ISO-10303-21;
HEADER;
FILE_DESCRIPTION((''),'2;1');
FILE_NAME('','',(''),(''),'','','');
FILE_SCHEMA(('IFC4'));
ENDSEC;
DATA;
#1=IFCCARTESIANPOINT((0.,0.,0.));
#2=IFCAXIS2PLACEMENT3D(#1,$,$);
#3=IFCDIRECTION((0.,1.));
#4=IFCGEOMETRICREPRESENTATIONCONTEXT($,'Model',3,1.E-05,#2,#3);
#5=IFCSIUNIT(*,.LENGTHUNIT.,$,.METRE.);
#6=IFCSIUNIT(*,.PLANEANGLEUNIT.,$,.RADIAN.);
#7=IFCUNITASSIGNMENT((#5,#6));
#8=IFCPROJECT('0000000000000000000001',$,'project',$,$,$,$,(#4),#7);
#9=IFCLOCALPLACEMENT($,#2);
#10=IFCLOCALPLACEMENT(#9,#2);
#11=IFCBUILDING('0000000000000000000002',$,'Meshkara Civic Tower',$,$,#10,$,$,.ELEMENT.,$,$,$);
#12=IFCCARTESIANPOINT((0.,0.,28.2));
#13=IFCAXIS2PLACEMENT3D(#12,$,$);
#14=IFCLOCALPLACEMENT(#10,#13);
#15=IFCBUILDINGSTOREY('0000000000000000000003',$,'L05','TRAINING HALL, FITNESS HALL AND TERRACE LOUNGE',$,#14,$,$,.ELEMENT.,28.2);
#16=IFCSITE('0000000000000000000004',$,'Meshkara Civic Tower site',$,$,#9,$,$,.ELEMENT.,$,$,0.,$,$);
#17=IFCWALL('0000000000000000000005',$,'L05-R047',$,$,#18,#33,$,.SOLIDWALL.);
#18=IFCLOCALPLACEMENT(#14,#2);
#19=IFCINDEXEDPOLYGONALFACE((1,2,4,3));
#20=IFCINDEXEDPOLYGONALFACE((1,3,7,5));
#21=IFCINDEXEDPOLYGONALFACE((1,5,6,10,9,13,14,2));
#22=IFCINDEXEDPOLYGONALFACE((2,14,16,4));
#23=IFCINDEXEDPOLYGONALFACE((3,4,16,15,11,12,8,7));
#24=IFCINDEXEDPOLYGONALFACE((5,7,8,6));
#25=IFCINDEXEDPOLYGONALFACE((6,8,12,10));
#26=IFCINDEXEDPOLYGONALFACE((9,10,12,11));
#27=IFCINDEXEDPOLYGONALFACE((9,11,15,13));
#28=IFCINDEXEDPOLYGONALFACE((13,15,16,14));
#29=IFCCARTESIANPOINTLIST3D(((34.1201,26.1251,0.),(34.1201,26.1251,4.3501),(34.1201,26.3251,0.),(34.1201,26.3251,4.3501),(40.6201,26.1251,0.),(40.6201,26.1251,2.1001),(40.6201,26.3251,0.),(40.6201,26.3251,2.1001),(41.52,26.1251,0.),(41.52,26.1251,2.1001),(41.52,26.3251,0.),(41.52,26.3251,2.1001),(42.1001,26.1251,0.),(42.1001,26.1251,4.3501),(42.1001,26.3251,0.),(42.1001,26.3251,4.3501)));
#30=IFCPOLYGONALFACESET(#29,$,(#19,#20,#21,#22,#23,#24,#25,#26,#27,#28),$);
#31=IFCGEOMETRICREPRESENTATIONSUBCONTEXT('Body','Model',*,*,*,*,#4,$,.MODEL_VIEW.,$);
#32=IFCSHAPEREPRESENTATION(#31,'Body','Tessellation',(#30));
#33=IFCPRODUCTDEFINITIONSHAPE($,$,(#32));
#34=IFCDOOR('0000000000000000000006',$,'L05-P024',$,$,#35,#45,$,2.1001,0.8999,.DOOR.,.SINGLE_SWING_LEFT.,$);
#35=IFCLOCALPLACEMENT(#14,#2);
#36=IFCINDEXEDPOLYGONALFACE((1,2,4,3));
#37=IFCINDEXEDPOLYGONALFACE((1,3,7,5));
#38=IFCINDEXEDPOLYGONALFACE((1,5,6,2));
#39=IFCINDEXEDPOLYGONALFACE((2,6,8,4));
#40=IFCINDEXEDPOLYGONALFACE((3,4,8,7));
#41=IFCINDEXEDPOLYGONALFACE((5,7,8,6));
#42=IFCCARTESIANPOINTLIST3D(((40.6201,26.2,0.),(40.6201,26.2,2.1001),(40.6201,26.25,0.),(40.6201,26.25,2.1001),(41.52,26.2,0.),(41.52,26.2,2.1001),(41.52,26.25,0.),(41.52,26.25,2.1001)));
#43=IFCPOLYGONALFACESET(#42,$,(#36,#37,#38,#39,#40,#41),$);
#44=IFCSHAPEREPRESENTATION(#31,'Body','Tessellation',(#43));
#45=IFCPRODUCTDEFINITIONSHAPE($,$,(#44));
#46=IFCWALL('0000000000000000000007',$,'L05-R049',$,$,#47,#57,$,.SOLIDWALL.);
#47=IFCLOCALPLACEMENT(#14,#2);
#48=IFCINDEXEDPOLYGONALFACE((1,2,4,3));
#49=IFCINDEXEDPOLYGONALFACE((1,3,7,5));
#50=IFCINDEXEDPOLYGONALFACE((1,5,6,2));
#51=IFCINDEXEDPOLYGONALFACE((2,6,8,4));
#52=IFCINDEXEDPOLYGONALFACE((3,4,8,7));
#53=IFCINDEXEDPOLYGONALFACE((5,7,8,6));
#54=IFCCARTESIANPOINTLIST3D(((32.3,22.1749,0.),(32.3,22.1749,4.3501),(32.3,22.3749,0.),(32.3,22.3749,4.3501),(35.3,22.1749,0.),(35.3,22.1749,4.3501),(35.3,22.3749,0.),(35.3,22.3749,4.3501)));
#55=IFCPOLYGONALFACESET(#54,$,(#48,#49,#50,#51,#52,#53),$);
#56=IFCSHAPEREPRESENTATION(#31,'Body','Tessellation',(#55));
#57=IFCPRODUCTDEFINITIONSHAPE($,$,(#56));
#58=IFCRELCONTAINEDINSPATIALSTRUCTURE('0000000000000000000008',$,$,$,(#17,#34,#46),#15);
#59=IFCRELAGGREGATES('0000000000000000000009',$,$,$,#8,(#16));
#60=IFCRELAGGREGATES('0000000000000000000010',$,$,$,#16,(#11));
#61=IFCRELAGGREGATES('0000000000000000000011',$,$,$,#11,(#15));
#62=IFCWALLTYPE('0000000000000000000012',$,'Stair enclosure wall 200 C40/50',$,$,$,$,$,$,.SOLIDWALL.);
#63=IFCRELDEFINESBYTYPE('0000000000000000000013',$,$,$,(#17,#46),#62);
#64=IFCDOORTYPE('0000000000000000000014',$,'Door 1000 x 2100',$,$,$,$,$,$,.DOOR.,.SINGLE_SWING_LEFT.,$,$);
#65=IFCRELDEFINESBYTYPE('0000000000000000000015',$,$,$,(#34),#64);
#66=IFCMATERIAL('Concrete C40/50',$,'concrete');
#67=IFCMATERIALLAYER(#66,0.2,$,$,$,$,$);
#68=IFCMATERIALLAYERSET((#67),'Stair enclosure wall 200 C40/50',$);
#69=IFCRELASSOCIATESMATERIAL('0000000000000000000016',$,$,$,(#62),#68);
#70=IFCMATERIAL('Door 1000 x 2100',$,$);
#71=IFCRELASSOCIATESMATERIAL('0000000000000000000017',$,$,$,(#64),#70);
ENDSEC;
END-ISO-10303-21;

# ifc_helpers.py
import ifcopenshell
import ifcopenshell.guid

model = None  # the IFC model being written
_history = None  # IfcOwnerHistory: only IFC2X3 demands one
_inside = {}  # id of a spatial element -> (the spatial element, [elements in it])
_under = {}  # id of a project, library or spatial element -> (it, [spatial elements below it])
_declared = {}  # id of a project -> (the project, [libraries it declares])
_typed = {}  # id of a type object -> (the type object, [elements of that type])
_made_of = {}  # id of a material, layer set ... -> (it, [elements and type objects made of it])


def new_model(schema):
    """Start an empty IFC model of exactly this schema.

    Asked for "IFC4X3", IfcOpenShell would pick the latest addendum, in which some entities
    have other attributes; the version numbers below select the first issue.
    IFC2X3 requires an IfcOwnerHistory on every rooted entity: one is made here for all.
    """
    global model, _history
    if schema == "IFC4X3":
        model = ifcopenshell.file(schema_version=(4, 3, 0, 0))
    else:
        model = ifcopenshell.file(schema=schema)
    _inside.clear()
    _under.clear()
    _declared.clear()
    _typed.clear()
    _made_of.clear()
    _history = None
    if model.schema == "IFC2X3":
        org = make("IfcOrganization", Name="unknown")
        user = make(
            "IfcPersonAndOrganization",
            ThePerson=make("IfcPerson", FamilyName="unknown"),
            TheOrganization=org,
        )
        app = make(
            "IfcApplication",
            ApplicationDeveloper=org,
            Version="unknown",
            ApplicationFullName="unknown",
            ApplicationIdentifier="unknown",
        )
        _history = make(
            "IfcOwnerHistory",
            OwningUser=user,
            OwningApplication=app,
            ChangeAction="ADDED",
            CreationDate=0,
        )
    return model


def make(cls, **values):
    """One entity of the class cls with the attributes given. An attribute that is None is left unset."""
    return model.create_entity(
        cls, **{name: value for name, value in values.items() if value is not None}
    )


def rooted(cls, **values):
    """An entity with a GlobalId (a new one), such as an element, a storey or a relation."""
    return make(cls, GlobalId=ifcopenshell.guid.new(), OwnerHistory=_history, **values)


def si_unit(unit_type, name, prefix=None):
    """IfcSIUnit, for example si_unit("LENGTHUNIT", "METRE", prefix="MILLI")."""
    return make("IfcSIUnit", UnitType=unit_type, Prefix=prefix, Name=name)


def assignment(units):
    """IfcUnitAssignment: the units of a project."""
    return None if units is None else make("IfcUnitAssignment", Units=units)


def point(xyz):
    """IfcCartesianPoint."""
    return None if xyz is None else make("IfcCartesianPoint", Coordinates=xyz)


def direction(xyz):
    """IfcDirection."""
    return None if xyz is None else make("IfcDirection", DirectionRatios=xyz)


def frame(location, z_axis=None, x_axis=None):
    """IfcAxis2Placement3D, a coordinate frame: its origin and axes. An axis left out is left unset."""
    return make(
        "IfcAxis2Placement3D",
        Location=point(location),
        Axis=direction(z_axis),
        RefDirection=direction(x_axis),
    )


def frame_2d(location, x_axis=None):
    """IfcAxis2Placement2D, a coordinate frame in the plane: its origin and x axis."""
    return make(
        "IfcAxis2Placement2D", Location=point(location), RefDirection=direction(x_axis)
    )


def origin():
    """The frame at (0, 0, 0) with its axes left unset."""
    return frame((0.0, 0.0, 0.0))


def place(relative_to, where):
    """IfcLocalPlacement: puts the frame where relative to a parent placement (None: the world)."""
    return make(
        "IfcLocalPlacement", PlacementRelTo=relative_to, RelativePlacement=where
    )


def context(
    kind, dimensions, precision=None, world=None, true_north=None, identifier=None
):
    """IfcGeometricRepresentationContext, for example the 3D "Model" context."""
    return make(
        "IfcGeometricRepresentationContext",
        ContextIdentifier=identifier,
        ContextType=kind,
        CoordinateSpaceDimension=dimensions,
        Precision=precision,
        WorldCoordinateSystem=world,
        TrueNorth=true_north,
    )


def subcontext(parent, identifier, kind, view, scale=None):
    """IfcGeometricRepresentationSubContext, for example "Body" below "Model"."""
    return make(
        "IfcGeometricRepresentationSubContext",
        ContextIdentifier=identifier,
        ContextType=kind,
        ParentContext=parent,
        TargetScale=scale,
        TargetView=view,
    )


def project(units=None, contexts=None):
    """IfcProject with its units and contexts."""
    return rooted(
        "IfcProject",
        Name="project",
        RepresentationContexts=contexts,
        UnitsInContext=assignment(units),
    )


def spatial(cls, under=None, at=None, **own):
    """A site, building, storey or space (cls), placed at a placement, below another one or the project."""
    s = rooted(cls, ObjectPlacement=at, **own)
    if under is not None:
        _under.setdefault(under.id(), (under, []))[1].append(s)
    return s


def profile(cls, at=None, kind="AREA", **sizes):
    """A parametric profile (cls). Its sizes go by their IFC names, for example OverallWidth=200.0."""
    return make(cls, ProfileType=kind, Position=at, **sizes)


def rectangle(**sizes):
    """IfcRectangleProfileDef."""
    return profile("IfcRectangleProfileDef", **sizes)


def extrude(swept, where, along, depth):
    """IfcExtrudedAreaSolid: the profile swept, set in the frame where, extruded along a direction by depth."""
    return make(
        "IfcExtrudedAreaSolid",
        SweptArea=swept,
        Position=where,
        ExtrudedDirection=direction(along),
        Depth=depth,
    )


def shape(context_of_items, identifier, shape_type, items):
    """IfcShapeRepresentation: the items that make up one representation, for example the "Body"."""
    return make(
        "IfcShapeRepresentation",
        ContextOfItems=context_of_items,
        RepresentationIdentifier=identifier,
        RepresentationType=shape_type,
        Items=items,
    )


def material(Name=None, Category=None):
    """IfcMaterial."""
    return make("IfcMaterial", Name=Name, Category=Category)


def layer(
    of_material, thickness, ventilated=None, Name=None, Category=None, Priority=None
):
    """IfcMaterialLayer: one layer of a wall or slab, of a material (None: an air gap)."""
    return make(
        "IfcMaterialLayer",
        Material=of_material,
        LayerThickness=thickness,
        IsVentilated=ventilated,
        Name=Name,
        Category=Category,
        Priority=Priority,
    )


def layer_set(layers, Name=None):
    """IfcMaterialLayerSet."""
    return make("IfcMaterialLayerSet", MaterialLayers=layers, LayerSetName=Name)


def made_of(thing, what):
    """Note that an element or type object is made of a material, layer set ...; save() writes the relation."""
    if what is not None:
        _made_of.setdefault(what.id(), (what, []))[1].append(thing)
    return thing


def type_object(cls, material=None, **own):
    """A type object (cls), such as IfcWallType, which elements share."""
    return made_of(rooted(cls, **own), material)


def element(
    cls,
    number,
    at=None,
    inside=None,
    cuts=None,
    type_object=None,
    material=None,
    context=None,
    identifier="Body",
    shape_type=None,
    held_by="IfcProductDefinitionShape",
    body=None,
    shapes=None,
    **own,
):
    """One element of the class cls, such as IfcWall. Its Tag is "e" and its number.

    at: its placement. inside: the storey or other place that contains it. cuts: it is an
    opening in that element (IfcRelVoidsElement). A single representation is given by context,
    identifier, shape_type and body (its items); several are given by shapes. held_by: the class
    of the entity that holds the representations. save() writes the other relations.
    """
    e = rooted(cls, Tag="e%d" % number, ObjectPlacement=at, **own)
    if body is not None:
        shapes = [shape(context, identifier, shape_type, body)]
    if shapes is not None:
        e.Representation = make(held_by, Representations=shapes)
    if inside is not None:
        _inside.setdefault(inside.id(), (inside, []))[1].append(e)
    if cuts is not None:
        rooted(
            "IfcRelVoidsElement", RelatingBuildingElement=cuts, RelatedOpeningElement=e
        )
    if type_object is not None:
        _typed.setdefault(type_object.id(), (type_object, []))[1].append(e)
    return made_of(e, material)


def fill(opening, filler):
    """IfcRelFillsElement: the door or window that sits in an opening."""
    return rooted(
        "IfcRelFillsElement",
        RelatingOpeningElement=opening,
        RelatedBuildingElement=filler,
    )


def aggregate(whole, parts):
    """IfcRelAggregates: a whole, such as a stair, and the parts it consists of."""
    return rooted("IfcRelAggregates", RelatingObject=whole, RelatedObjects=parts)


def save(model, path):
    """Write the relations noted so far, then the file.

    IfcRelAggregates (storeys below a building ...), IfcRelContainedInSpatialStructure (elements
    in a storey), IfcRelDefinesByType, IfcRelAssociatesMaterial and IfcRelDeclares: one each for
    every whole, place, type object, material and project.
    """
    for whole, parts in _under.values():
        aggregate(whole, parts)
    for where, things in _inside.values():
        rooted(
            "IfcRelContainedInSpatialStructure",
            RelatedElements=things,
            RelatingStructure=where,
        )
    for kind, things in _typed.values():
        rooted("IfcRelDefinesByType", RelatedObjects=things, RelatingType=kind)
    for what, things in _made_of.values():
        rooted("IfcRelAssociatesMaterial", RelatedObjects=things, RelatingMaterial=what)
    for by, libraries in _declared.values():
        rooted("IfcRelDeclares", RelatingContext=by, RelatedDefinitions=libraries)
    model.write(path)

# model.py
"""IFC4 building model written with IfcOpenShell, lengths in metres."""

from ifc_helpers import new_model, si_unit, direction, frame, frame_2d, origin, place, context, subcontext, project, spatial, rectangle, extrude, material, layer, layer_set, type_object, element, fill, save


model = new_model("IFC4")

# Units and contexts
model_context = context("Model", 3, precision=1e-05, world=origin(), true_north=direction((0.0, 1.0)))
body_context = subcontext(model_context, "Body", "Model", "MODEL_VIEW")
ifc_project = project(units=[si_unit("LENGTHUNIT", "METRE"), si_unit("PLANEANGLEUNIT", "RADIAN")], contexts=[model_context])

# Site, building, storey
site_placement = place(None, origin())
site = spatial("IfcSite", under=ifc_project, at=site_placement, Name="Meshkara Civic Tower site", CompositionType="ELEMENT", RefElevation=0.0)
building_placement = place(site_placement, origin())
building = spatial("IfcBuilding", under=site, at=building_placement, Name="Meshkara Civic Tower", CompositionType="ELEMENT")
storey_placement = place(building_placement, frame((0.0, 0.0, 28.2)))
storey = spatial("IfcBuildingStorey", under=building, at=storey_placement, Name="L05", Description="TRAINING HALL, FITNESS HALL AND TERRACE LOUNGE", CompositionType="ELEMENT", Elevation=28.2)

# Shared definitions
ifc_material_1 = material(Name="Concrete C40/50", Category="concrete")
ifc_layer_1 = layer(ifc_material_1, 0.2)
ifc_layer_set_1 = layer_set([ifc_layer_1], Name="Stair enclosure wall 200 C40/50")
wall_type_1 = type_object("IfcWallType", Name="Stair enclosure wall 200 C40/50", PredefinedType="SOLIDWALL", material=ifc_layer_set_1)

# Wall, opening, door
wall_1_placement = place(storey_placement, frame((34.1201, 26.2251, 0.0), z_axis=(0.0, 0.0, 1.0), x_axis=(1.0, 0.0, 0.0)))
wall_1 = element("IfcWall", 1, at=wall_1_placement, inside=storey, type_object=wall_type_1, Name="L05-R047", PredefinedType="SOLIDWALL", context=body_context, shape_type="SweptSolid", body=[
    extrude(rectangle(XDim=7.98, YDim=0.2, at=frame_2d((3.99, 0.0))), origin(), (0.0, 0.0, 1.0), 4.3501),
])
opening_placement = place(wall_1_placement, frame((6.5, 0.0, 0.0)))
opening = element("IfcOpeningElement", 2, at=opening_placement, cuts=wall_1, PredefinedType="OPENING", context=body_context, shape_type="SweptSolid", body=[
    extrude(rectangle(XDim=0.8999, YDim=2.1001, at=frame_2d((0.45, 1.05))), frame((0.0, 0.1099, 0.0), z_axis=(0.0, -1.0, 0.0), x_axis=(1.0, 0.0, 0.0)), (0.0, 0.0, 1.0), 0.22),
])
ifc_material_2 = material(Name="Door 1000 x 2100")
door_type = type_object("IfcDoorType", Name="Door 1000 x 2100", OperationType="SINGLE_SWING_LEFT", PredefinedType="DOOR", material=ifc_material_2)
door_placement = place(opening_placement, origin())
door = element("IfcDoor", 3, at=door_placement, inside=storey, type_object=door_type, Name="L05-P024", OperationType="SINGLE_SWING_LEFT", OverallHeight=2.1001, OverallWidth=0.8999, PredefinedType="DOOR", context=body_context, shape_type="SweptSolid", body=[
    extrude(rectangle(XDim=0.8999, YDim=2.1001, at=frame_2d((0.45, 1.05))), frame((0.0, 0.0249, 0.0), z_axis=(0.0, -1.0, 0.0), x_axis=(1.0, 0.0, 0.0)), (0.0, 0.0, 1.0), 0.05),
])
fill(opening, door)

# Wall
wall_2_placement = place(storey_placement, frame((35.3, 22.2749, 0.0), z_axis=(0.0, 0.0, 1.0), x_axis=(-1.0, 0.0, 0.0)))
element("IfcWall", 4, at=wall_2_placement, inside=storey, type_object=wall_type_1, Name="L05-R049", PredefinedType="SOLIDWALL", context=body_context, shape_type="SweptSolid", body=[
    extrude(rectangle(XDim=3.0, YDim=0.2, at=frame_2d((1.5, 0.0))), origin(), (0.0, 0.0, 1.0), 4.3501),
])

save(model, "model.ifc")
